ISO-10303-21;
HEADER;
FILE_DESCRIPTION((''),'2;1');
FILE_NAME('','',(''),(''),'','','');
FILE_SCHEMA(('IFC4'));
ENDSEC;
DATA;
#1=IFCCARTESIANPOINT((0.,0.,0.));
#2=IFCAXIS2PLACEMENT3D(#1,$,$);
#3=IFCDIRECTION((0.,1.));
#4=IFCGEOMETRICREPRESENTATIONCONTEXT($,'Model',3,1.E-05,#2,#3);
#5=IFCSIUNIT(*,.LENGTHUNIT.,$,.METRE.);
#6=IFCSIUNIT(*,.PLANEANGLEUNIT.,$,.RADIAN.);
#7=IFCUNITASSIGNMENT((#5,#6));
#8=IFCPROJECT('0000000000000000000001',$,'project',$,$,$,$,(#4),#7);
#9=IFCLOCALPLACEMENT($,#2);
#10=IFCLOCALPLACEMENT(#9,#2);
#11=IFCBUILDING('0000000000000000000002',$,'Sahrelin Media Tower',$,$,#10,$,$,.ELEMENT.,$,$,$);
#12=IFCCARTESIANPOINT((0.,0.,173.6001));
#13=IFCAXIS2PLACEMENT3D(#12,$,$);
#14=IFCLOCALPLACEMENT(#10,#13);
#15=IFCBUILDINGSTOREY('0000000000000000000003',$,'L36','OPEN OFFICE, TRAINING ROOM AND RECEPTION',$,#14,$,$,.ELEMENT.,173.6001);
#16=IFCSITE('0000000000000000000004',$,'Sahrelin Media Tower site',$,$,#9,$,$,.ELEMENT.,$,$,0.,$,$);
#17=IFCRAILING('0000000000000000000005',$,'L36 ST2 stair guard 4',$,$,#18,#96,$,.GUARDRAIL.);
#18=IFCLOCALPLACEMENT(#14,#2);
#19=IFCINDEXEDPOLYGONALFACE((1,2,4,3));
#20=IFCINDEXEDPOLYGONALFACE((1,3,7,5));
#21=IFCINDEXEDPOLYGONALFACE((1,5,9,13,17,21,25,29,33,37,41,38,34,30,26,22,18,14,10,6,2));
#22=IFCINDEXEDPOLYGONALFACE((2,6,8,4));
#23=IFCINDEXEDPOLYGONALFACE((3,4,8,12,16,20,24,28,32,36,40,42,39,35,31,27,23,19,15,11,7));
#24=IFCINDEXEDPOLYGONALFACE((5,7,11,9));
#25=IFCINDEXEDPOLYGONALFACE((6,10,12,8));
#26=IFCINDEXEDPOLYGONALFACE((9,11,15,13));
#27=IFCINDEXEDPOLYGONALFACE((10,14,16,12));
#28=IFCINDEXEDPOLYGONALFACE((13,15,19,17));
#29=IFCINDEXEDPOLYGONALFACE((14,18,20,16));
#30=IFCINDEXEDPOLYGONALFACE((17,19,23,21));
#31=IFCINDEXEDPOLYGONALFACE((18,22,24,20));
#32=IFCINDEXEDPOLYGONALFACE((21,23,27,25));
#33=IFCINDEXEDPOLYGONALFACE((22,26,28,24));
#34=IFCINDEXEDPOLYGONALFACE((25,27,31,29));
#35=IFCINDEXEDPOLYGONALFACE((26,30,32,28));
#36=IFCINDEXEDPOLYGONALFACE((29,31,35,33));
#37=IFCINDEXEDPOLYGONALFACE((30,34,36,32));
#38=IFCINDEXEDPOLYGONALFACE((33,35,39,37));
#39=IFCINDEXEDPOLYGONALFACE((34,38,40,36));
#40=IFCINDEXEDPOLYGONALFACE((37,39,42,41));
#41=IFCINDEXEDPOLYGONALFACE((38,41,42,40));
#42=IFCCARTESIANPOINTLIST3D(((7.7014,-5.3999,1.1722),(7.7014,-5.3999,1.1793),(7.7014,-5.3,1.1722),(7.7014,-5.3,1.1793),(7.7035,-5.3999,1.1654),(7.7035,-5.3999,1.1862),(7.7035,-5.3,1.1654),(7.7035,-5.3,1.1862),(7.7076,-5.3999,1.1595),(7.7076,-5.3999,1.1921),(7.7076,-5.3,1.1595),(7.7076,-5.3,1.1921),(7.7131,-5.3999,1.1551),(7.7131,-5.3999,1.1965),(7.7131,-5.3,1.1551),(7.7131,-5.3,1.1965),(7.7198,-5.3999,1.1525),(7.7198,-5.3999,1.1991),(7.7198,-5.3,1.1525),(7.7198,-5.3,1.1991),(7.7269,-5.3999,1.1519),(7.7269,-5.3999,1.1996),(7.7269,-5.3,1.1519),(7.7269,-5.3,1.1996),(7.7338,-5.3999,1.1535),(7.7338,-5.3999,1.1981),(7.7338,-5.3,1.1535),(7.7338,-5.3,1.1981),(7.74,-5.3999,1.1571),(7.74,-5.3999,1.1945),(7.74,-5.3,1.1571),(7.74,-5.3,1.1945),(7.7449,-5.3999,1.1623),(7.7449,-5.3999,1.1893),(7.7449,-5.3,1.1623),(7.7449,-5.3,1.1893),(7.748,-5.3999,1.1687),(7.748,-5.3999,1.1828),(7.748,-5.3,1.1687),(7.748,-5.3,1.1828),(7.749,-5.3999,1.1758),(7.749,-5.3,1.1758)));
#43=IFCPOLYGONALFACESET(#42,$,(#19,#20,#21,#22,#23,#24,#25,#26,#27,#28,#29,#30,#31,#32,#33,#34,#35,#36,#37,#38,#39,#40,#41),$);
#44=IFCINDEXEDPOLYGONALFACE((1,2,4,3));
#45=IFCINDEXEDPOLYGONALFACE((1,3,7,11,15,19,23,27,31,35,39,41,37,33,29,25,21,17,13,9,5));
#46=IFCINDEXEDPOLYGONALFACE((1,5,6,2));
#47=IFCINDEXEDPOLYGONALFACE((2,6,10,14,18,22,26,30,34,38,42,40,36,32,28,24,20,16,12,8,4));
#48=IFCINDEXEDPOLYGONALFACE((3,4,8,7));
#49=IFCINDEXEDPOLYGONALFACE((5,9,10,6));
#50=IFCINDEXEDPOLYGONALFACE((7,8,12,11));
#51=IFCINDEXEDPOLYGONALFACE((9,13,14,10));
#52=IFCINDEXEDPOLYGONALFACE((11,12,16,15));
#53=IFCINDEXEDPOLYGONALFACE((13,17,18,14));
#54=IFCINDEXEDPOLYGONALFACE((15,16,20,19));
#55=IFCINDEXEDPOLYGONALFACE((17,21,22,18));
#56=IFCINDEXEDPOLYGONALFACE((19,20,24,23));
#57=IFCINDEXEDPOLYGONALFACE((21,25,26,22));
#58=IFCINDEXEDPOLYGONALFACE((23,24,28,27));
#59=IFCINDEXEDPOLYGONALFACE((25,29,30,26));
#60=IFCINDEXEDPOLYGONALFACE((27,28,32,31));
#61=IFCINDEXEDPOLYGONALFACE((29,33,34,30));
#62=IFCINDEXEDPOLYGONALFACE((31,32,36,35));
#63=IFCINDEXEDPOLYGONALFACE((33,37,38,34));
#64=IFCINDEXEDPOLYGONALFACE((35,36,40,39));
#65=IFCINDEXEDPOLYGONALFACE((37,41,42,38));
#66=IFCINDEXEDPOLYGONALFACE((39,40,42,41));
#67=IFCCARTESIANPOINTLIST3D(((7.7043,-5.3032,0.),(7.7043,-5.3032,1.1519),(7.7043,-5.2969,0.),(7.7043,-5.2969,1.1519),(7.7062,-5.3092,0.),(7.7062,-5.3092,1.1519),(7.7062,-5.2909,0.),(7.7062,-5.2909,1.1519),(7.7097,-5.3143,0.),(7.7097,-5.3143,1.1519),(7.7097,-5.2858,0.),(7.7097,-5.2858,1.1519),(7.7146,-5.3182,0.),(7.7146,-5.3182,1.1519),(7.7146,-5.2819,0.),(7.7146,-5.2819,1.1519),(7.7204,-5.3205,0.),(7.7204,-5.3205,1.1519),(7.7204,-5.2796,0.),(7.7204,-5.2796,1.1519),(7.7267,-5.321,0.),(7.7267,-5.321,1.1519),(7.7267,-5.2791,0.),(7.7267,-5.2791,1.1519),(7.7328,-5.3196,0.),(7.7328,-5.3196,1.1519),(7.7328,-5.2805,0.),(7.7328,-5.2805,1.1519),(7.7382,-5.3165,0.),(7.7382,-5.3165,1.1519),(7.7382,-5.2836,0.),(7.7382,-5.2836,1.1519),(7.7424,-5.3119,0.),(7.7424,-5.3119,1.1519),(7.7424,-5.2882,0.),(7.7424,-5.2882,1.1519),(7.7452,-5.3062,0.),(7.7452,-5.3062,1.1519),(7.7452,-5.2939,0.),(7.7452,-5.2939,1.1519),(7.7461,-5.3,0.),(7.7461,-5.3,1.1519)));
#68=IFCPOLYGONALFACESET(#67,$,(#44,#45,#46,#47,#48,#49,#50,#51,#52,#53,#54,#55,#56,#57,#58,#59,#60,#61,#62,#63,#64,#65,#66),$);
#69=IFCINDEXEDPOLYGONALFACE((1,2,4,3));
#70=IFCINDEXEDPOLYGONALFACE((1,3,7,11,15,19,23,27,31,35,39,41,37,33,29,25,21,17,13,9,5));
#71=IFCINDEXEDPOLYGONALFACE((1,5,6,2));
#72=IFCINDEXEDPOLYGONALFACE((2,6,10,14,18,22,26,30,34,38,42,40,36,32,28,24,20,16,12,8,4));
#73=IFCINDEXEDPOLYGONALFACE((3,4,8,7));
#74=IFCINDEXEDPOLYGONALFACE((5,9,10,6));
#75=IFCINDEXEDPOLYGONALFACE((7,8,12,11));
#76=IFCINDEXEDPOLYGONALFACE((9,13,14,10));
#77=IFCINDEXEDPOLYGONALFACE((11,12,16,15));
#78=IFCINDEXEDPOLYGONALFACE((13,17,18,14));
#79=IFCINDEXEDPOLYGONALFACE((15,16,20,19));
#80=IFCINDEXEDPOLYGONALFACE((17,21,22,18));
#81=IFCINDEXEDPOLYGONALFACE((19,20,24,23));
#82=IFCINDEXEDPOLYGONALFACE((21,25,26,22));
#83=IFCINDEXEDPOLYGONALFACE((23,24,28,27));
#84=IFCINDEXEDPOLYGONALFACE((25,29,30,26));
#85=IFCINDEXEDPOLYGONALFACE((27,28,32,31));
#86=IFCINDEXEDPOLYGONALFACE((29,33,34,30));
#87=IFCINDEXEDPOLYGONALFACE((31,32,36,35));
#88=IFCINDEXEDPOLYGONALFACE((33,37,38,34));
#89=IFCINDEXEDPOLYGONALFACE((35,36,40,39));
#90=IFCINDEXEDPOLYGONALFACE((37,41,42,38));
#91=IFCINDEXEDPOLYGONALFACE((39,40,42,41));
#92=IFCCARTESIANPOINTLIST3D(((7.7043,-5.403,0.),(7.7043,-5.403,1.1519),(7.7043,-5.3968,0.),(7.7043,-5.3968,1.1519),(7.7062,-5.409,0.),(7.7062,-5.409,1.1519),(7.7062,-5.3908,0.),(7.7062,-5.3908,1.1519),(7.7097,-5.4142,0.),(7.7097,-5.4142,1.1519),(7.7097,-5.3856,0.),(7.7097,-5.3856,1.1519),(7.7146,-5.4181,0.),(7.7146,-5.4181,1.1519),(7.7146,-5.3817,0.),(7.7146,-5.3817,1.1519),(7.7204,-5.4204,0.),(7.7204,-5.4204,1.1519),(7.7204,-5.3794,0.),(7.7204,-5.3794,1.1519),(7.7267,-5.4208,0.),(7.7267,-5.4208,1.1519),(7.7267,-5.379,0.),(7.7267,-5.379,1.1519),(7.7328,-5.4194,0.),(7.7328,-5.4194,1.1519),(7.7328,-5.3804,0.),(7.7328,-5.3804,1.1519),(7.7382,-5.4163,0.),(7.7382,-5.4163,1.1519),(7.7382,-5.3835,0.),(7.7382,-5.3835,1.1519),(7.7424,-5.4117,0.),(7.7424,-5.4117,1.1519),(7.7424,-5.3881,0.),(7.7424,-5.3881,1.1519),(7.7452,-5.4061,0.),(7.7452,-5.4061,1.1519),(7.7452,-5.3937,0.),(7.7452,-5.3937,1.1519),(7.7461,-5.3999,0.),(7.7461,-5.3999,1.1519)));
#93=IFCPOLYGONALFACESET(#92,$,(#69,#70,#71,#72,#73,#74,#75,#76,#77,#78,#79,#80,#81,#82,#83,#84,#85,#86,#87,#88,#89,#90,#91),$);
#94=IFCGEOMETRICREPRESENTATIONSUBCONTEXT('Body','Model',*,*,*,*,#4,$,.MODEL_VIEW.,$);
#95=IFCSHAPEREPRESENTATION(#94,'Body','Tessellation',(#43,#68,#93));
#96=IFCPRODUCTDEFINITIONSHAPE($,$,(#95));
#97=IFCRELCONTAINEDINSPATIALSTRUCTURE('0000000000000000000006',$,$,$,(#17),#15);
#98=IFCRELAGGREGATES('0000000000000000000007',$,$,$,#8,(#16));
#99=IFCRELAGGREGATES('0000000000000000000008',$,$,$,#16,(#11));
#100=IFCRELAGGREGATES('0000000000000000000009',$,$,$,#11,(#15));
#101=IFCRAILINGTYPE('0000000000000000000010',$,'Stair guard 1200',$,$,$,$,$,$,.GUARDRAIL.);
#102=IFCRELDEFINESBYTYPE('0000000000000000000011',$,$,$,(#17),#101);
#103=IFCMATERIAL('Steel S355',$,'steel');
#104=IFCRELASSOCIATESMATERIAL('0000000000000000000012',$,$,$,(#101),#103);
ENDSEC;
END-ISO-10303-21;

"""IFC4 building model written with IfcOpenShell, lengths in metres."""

from ifc_helpers import new_model, si_unit, direction, frame, origin, origin_2d, place, context, subcontext, project, spatial, circle, extrude, material, type_object, element, save


model = new_model("IFC4")

# Units and contexts
model_context = context("Model", 3, precision=1e-05, world=origin(), true_north=direction((0.0, 1.0)))
body_context = subcontext(model_context, "Body", "Model", "MODEL_VIEW")
ifc_project = project(units=[si_unit("LENGTHUNIT", "METRE"), si_unit("PLANEANGLEUNIT", "RADIAN")], contexts=[model_context])

# Site, building, storey
site_placement = place(None, origin())
site = spatial("IfcSite", under=ifc_project, at=site_placement, Name="Sahrelin Media Tower site", CompositionType="ELEMENT", RefElevation=0.0)
building_placement = place(site_placement, origin())
building = spatial("IfcBuilding", under=site, at=building_placement, Name="Sahrelin Media Tower", CompositionType="ELEMENT")
storey_placement = place(building_placement, frame((0.0, 0.0, 173.6001)))
storey = spatial("IfcBuildingStorey", under=building, at=storey_placement, Name="L36", Description="OPEN OFFICE, TRAINING ROOM AND RECEPTION", CompositionType="ELEMENT", Elevation=173.6001)

# Shared definitions
ifc_material_1 = material(Name="Steel S355", Category="steel")

# Railing
railing_type_1 = type_object("IfcRailingType", Name="Stair guard 1200", PredefinedType="GUARDRAIL", material=ifc_material_1)
railing_1_placement = place(storey_placement, frame((7.7251, -5.3, 0.0)))
element("IfcRailing", 1, at=railing_1_placement, inside=storey, type_object=railing_type_1, Name="L36 ST2 stair guard 4", PredefinedType="GUARDRAIL", context=body_context, shape_type="SweptSolid", body=[
    extrude(circle(Radius=0.0239, at=origin_2d()), frame((0.0, 0.0, 1.1758), z_axis=(0.0, -1.0, 0.0), x_axis=(1.0, 0.0, 0.0)), (0.0, 0.0, 1.0), 0.0999),
    extrude(circle(Radius=0.021, at=origin_2d()), origin(), (0.0, 0.0, 1.0), 1.1519),
    extrude(circle(Radius=0.021, at=origin_2d()), frame((0.0, -0.0999, 0.0)), (0.0, 0.0, 1.0), 1.1519),
])

save(model, "model.ifc")
